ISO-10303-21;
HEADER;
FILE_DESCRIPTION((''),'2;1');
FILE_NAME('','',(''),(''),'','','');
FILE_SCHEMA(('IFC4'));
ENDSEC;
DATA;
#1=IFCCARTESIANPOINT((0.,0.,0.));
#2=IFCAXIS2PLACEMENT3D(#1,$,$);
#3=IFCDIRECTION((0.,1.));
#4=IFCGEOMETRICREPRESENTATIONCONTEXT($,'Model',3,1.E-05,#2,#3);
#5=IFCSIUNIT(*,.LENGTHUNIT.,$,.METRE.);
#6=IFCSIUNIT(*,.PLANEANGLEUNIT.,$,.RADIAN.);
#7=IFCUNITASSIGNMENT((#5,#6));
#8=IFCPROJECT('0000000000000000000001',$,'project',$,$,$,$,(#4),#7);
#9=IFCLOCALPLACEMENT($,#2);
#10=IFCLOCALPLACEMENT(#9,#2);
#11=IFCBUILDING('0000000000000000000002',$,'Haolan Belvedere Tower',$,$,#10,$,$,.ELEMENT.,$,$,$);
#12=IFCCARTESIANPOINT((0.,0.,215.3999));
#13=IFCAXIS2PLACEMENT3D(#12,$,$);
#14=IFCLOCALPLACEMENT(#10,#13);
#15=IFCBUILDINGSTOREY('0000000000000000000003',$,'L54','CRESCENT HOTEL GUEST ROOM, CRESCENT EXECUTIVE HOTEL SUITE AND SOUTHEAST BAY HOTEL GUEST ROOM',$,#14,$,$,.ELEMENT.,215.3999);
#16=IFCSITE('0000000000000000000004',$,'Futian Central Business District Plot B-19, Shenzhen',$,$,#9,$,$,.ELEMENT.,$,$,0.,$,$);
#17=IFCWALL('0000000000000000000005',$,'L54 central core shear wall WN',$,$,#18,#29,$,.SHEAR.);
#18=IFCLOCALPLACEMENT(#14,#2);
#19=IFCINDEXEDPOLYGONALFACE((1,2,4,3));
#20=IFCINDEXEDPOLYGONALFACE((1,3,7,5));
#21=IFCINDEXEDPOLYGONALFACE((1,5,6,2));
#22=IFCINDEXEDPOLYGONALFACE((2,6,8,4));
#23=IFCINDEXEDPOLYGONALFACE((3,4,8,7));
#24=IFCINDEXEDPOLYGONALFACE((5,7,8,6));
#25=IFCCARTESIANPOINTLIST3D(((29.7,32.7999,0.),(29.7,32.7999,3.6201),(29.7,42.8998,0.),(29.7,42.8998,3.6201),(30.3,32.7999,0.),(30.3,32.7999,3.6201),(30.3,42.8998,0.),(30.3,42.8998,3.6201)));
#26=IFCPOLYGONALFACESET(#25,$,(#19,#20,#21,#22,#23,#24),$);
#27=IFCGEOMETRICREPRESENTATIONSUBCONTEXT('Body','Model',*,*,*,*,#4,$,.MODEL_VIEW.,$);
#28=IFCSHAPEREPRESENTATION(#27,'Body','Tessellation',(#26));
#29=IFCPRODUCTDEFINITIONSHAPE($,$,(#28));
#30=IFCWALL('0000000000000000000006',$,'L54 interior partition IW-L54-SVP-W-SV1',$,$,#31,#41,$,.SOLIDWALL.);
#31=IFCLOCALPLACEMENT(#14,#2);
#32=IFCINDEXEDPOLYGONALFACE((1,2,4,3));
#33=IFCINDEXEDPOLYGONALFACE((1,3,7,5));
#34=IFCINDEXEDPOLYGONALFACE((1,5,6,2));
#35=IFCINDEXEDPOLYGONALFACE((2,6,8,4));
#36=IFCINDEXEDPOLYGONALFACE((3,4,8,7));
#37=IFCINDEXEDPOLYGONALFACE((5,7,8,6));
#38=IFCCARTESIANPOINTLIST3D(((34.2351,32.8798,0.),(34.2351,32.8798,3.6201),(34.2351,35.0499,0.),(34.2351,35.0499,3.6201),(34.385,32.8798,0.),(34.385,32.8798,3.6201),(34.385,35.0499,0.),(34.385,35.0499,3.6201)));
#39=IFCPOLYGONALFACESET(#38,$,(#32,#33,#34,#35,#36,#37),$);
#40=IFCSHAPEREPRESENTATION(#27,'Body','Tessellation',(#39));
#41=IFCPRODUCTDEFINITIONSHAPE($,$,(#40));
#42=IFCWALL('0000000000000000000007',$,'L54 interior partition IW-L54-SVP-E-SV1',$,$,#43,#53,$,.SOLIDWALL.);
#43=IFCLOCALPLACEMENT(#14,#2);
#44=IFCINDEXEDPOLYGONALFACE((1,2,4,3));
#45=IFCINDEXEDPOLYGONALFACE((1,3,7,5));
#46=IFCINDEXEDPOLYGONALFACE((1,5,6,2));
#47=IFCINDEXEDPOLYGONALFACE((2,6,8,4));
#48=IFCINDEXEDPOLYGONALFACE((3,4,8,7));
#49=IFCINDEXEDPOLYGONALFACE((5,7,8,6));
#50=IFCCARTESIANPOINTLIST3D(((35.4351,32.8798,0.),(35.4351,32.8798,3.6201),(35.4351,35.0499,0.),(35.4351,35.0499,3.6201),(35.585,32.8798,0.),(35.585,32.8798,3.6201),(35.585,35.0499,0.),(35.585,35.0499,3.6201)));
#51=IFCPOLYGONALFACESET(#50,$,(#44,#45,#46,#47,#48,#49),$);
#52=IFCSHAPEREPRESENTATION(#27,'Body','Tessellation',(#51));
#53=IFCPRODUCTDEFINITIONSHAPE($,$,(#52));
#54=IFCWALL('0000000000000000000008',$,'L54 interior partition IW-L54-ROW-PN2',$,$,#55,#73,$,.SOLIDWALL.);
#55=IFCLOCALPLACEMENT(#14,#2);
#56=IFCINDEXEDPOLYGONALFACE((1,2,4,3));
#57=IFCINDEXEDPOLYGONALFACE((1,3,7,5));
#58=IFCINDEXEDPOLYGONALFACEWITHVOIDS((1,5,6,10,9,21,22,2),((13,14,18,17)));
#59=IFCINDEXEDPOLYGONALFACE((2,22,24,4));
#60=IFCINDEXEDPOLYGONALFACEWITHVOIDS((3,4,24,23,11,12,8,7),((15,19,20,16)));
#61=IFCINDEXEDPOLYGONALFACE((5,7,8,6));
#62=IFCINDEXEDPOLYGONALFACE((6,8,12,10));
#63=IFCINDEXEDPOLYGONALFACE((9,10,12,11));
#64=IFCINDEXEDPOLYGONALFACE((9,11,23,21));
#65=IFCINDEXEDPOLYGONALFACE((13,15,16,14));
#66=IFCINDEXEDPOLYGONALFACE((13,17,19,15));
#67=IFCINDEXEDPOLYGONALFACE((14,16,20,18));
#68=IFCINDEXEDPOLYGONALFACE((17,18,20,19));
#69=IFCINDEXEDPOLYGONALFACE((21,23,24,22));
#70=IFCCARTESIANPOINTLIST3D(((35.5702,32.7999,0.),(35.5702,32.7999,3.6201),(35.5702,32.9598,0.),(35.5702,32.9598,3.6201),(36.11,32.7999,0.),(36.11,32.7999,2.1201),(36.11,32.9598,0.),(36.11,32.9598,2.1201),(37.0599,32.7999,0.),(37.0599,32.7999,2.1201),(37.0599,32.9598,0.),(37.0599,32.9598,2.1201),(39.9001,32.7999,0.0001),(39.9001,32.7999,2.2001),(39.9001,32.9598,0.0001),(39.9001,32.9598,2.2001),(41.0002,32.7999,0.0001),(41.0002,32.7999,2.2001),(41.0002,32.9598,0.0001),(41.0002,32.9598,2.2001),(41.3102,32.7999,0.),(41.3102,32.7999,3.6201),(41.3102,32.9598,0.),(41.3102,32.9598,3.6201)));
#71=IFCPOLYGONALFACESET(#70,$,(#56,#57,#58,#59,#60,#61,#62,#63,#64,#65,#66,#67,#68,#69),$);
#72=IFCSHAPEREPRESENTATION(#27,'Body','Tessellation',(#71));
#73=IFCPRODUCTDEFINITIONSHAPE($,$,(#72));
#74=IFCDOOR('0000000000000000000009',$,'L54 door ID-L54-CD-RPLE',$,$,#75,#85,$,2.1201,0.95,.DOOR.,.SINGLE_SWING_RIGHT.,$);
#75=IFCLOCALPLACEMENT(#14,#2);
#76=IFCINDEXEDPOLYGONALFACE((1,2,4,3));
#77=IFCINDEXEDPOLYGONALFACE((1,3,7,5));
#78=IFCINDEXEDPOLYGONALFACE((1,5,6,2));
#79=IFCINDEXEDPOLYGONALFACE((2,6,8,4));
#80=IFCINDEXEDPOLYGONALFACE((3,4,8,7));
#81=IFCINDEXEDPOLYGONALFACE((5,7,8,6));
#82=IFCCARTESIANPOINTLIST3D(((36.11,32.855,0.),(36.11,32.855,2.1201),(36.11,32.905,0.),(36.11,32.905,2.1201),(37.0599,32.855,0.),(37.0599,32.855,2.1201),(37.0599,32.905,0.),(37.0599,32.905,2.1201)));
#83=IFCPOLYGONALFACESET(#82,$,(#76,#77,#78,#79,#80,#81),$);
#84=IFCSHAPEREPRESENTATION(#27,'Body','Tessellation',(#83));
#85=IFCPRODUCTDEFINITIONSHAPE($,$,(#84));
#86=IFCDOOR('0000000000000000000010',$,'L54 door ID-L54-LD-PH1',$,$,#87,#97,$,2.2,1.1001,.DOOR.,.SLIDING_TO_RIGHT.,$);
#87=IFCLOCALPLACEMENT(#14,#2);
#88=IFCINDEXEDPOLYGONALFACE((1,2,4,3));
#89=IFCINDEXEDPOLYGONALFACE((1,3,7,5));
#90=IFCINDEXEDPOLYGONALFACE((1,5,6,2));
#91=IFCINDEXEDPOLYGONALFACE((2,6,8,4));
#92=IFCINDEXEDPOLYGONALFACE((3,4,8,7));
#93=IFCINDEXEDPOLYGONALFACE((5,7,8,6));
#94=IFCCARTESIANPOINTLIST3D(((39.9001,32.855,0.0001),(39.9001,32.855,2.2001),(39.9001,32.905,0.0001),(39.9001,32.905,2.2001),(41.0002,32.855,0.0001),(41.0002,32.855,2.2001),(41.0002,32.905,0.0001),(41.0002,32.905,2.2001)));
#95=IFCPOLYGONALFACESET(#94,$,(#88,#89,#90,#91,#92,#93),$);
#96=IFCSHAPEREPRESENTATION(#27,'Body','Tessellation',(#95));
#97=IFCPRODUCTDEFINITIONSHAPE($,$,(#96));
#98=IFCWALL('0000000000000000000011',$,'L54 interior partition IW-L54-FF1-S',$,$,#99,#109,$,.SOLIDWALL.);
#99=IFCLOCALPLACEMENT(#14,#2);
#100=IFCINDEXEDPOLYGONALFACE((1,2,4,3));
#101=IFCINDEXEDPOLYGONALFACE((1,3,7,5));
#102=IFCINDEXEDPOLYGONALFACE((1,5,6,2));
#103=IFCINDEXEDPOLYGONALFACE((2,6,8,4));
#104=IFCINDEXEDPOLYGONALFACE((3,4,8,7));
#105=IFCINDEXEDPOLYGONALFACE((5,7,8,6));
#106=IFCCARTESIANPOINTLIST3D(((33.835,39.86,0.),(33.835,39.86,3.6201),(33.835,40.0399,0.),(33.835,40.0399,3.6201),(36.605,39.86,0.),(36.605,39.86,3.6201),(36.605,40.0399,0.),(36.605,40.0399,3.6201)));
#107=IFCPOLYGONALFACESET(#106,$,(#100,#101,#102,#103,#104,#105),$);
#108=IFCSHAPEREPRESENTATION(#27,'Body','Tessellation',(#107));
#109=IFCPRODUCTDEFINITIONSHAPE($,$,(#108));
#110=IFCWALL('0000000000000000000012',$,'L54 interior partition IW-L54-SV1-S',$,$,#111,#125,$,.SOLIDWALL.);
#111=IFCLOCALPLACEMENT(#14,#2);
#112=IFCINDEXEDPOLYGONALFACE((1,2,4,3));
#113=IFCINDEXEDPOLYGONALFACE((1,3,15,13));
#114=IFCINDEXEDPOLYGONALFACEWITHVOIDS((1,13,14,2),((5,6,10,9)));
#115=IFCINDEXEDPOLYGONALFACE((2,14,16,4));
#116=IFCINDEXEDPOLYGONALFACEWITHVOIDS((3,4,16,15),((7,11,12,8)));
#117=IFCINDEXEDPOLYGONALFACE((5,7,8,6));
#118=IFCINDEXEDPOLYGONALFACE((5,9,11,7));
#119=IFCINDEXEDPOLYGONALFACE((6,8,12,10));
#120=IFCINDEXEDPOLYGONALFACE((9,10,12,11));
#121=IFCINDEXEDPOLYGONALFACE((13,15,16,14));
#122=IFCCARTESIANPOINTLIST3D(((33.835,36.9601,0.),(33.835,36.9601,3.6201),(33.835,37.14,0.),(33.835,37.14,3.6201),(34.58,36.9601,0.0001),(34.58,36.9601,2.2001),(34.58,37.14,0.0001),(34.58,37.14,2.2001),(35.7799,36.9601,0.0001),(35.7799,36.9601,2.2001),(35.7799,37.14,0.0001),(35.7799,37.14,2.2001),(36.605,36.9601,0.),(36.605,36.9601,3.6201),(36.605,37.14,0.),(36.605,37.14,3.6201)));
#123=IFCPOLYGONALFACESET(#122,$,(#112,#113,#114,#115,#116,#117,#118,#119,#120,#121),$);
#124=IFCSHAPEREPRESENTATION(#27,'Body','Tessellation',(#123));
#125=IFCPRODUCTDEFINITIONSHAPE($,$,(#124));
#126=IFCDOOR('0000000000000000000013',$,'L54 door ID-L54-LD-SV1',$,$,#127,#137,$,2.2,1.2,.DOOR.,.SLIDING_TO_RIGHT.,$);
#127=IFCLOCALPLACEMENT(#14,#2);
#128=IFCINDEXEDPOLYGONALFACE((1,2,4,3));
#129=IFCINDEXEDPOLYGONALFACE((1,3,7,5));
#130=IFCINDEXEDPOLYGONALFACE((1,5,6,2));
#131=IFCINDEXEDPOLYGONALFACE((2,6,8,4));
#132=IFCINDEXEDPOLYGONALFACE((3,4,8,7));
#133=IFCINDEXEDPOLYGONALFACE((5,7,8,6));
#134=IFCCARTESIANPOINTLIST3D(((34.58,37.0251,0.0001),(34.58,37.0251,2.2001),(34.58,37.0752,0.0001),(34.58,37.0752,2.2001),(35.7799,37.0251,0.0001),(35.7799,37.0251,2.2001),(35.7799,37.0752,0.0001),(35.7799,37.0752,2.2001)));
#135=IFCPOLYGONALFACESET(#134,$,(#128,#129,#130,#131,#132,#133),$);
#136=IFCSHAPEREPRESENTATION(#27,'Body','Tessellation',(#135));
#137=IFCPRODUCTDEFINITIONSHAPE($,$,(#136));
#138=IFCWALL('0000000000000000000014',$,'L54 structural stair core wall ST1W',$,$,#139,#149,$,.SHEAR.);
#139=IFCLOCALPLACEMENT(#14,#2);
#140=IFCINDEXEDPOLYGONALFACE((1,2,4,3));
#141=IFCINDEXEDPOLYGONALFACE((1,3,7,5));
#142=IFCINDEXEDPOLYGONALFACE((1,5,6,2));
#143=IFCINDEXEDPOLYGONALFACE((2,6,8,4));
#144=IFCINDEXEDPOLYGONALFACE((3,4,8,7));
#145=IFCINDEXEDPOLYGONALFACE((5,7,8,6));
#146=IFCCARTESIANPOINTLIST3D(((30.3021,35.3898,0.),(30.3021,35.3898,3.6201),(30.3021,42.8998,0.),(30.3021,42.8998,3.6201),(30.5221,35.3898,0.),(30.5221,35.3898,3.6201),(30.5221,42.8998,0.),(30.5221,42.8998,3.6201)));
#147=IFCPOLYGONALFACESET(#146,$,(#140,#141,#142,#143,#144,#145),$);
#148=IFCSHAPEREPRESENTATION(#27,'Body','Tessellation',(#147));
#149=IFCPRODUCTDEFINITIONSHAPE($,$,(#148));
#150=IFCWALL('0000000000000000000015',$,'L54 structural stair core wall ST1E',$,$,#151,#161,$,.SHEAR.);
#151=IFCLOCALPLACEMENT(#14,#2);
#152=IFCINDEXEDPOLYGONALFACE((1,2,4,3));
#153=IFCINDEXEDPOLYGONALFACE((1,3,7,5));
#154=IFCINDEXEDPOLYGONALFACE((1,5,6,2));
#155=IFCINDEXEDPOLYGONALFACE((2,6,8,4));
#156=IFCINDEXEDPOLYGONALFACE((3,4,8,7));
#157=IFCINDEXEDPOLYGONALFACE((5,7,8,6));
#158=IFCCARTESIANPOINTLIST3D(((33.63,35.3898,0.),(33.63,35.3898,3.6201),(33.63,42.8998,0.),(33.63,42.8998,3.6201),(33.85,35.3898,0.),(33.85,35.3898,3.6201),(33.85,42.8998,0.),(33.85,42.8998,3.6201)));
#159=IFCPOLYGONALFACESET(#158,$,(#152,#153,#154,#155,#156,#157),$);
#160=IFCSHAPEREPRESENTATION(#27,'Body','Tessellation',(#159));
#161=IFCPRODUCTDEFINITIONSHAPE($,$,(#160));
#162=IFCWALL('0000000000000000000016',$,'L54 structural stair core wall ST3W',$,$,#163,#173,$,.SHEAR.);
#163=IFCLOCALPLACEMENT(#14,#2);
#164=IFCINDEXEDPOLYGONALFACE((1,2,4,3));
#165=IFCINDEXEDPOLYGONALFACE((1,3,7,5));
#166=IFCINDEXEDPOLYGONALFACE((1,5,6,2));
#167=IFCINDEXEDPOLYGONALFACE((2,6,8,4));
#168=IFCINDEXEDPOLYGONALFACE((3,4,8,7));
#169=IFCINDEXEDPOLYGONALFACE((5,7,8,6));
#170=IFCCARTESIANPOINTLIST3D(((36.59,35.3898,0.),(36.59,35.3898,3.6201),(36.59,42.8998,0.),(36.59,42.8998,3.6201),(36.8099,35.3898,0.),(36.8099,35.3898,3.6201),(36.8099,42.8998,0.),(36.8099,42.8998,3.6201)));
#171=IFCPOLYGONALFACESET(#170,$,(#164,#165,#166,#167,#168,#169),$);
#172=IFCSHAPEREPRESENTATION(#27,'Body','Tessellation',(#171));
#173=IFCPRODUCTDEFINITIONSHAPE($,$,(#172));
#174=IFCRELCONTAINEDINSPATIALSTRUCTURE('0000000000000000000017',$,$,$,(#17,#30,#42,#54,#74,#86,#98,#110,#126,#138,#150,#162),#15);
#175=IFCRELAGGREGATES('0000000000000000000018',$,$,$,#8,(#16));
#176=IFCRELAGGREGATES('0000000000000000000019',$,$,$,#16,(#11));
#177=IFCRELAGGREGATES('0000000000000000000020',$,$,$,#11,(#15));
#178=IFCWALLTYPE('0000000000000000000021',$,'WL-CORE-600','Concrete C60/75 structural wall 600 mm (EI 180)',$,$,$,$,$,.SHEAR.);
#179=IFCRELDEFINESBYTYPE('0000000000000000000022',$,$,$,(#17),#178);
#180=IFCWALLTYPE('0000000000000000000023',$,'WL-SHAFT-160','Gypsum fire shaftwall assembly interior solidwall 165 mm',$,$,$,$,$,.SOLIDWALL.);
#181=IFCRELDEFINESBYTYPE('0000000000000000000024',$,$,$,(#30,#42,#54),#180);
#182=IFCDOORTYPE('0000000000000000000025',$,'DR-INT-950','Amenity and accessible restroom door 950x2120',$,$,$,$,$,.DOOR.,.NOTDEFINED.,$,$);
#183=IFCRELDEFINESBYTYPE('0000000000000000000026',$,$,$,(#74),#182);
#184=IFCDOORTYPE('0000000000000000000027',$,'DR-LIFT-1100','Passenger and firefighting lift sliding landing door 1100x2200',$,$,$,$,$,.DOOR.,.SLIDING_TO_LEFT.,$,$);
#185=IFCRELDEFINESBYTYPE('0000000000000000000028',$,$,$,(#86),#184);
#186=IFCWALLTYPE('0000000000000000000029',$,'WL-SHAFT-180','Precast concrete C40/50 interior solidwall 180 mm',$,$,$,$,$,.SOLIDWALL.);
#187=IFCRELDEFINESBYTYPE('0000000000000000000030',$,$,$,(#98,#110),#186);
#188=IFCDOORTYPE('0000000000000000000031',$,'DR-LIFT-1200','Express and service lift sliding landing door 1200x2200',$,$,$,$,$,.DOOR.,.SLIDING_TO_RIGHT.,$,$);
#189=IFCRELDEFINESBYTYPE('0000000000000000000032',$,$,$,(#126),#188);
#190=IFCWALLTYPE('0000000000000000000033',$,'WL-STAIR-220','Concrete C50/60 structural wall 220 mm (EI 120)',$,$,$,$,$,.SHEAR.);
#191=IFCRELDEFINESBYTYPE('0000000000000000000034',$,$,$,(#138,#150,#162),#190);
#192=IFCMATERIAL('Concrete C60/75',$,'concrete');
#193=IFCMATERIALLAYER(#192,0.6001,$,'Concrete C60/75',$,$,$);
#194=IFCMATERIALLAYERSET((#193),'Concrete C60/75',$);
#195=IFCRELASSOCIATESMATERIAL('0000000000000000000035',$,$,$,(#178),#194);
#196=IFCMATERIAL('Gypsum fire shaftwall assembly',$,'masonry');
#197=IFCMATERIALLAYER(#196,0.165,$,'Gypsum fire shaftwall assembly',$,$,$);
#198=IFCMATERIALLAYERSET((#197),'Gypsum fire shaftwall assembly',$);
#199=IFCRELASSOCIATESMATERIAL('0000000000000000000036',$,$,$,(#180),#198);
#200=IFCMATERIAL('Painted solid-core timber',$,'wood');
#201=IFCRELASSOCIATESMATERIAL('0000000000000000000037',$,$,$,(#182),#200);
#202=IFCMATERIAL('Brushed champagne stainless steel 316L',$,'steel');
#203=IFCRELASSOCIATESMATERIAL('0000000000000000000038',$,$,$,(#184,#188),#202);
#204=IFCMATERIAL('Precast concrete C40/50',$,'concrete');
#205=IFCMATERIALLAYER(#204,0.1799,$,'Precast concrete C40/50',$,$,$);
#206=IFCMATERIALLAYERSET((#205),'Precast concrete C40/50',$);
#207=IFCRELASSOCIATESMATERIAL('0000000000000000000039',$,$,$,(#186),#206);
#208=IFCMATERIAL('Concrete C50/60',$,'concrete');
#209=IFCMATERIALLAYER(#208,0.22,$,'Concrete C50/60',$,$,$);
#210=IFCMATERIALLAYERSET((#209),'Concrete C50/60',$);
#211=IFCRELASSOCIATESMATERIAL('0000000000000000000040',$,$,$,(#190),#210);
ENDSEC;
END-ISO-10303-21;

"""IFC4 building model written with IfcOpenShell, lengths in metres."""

from ifc_helpers import new_model, si_unit, direction, frame, frame_2d, origin, place, context, subcontext, project, spatial, rectangle, extrude, material, layer, layer_set, type_object, element, fill, save


model = new_model("IFC4")

# Units and contexts
model_context = context("Model", 3, precision=1e-05, world=origin(), true_north=direction((0.0, 1.0)))
body_context = subcontext(model_context, "Body", "Model", "MODEL_VIEW")
ifc_project = project(units=[si_unit("LENGTHUNIT", "METRE"), si_unit("PLANEANGLEUNIT", "RADIAN")], contexts=[model_context])

# Site, building, storey
site_placement = place(None, origin())
site = spatial("IfcSite", under=ifc_project, at=site_placement, Name="Futian Central Business District Plot B-19, Shenzhen", CompositionType="ELEMENT", RefElevation=0.0)
building_placement = place(site_placement, origin())
building = spatial("IfcBuilding", under=site, at=building_placement, Name="Haolan Belvedere Tower", CompositionType="ELEMENT")
storey_placement = place(building_placement, frame((0.0, 0.0, 215.3999)))
storey = spatial("IfcBuildingStorey", under=building, at=storey_placement, Name="L54", Description="CRESCENT HOTEL GUEST ROOM, CRESCENT EXECUTIVE HOTEL SUITE AND SOUTHEAST BAY HOTEL GUEST ROOM", CompositionType="ELEMENT", Elevation=215.3999)

# Walls
ifc_material_1 = material(Name="Concrete C60/75", Category="concrete")
ifc_layer_1 = layer(ifc_material_1, 0.6001, Name="Concrete C60/75")
ifc_layer_set_1 = layer_set([ifc_layer_1], Name="Concrete C60/75")
wall_type_1 = type_object("IfcWallType", Name="WL-CORE-600", Description="Concrete C60/75 structural wall 600 mm (EI 180)", PredefinedType="SHEAR", material=ifc_layer_set_1)
wall_1_placement = place(storey_placement, frame((30.0, 32.8, 0.0), z_axis=(0.0, 0.0, 1.0), x_axis=(0.0, 1.0, 0.0)))
element("IfcWall", 1, at=wall_1_placement, inside=storey, type_object=wall_type_1, Name="L54 central core shear wall WN", PredefinedType="SHEAR", context=body_context, shape_type="SweptSolid", body=[
    extrude(rectangle(XDim=10.0999, YDim=0.6001, at=frame_2d((5.0498, 0.0))), origin(), (0.0, 0.0, 1.0), 3.6201),
])
ifc_material_2 = material(Name="Gypsum fire shaftwall assembly", Category="masonry")
ifc_layer_2 = layer(ifc_material_2, 0.165, Name="Gypsum fire shaftwall assembly")
ifc_layer_set_2 = layer_set([ifc_layer_2], Name="Gypsum fire shaftwall assembly")
wall_type_2 = type_object("IfcWallType", Name="WL-SHAFT-160", Description="Gypsum fire shaftwall assembly interior solidwall 165 mm", PredefinedType="SOLIDWALL", material=ifc_layer_set_2)
for number, where, z_axis, x_axis, name in (
    (2, (34.3101, 32.8799, 0.0), (0.0, 0.0, 1.0), (0.0, 1.0, 0.0), "L54 interior partition IW-L54-SVP-W-SV1"),
    (3, (35.51, 32.8799, 0.0), (0.0, 0.0, 1.0), (0.0, 1.0, 0.0), "L54 interior partition IW-L54-SVP-E-SV1"),
):
    element("IfcWall", number, at=place(storey_placement, frame(where, z_axis=z_axis, x_axis=x_axis)), inside=storey, type_object=wall_type_2, Name=name, PredefinedType="SOLIDWALL", context=body_context, shape_type="SweptSolid", body=[
        extrude(rectangle(XDim=2.1702, YDim=0.1499, at=frame_2d((1.085, 0.0))), origin(), (0.0, 0.0, 1.0), 3.6201),
    ])

# Shared definitions
ifc_material_3 = material(Name="Painted solid-core timber", Category="wood")
door_type_1 = type_object("IfcDoorType", Name="DR-INT-950", Description="Amenity and accessible restroom door 950x2120", OperationType="NOTDEFINED", PredefinedType="DOOR", material=ifc_material_3)

# Wall, openings, doors
wall_2_placement = place(storey_placement, frame((35.5701, 32.8799, 0.0), z_axis=(0.0, 0.0, 1.0), x_axis=(1.0, 0.0, 0.0)))
wall_2 = element("IfcWall", 4, at=wall_2_placement, inside=storey, type_object=wall_type_2, Name="L54 interior partition IW-L54-ROW-PN2", PredefinedType="SOLIDWALL", context=body_context, shape_type="SweptSolid", body=[
    extrude(rectangle(XDim=5.74, YDim=0.1599, at=frame_2d((2.8701, 0.0))), origin(), (0.0, 0.0, 1.0), 3.6201),
])
opening_1_placement = place(wall_2_placement, frame((1.49, 0.0, 0.0), z_axis=(0.0, 0.0, 1.0), x_axis=(-1.0, 0.0, 0.0)))
opening_1 = element("IfcOpeningElement", 5, at=opening_1_placement, cuts=wall_2, PredefinedType="OPENING", context=body_context, shape_type="SweptSolid", body=[
    extrude(rectangle(XDim=0.95, YDim=2.1201, at=frame_2d((0.4751, 1.0601))), frame((0.0, 0.0898, 0.0), z_axis=(0.0, -1.0, 0.0), x_axis=(1.0, 0.0, 0.0)), (0.0, 0.0, 1.0), 0.1799),
])
opening_2_placement = place(wall_2_placement, frame((5.4302, 0.0, 0.0), z_axis=(0.0, 0.0, 1.0), x_axis=(-1.0, 0.0, 0.0)))
opening_2 = element("IfcOpeningElement", 6, at=opening_2_placement, cuts=wall_2, PredefinedType="OPENING", context=body_context, shape_type="SweptSolid", body=[
    extrude(rectangle(XDim=1.1001, YDim=2.2, at=frame_2d((0.55, 1.1001))), frame((0.0, 0.0898, 0.0), z_axis=(0.0, -1.0, 0.0), x_axis=(1.0, 0.0, 0.0)), (0.0, 0.0, 1.0), 0.1799),
])
door_1_placement = place(opening_1_placement, origin())
door_1 = element("IfcDoor", 7, at=door_1_placement, inside=storey, type_object=door_type_1, Name="L54 door ID-L54-CD-RPLE", OperationType="SINGLE_SWING_RIGHT", OverallHeight=2.1201, OverallWidth=0.95, PredefinedType="DOOR", context=body_context, shape_type="SweptSolid", body=[
    extrude(rectangle(XDim=0.95, YDim=2.1201, at=frame_2d((0.4751, 1.0601))), frame((0.0, 0.0249, 0.0), z_axis=(0.0, -1.0, 0.0), x_axis=(1.0, 0.0, 0.0)), (0.0, 0.0, 1.0), 0.05),
])
fill(opening_1, door_1)
ifc_material_4 = material(Name="Brushed champagne stainless steel 316L", Category="steel")
door_type_2 = type_object("IfcDoorType", Name="DR-LIFT-1100", Description="Passenger and firefighting lift sliding landing door 1100x2200", OperationType="SLIDING_TO_LEFT", PredefinedType="DOOR", material=ifc_material_4)
door_2_placement = place(opening_2_placement, origin())
door_2 = element("IfcDoor", 8, at=door_2_placement, inside=storey, type_object=door_type_2, Name="L54 door ID-L54-LD-PH1", OperationType="SLIDING_TO_RIGHT", OverallHeight=2.2, OverallWidth=1.1001, PredefinedType="DOOR", context=body_context, shape_type="SweptSolid", body=[
    extrude(rectangle(XDim=1.1001, YDim=2.2, at=frame_2d((0.55, 1.1001))), frame((0.0, 0.0249, 0.0), z_axis=(0.0, -1.0, 0.0), x_axis=(1.0, 0.0, 0.0)), (0.0, 0.0, 1.0), 0.05),
])
fill(opening_2, door_2)

# Wall
ifc_material_5 = material(Name="Precast concrete C40/50", Category="concrete")
ifc_layer_3 = layer(ifc_material_5, 0.1799, Name="Precast concrete C40/50")
ifc_layer_set_3 = layer_set([ifc_layer_3], Name="Precast concrete C40/50")
wall_type_3 = type_object("IfcWallType", Name="WL-SHAFT-180", Description="Precast concrete C40/50 interior solidwall 180 mm", PredefinedType="SOLIDWALL", material=ifc_layer_set_3)
wall_3_placement = place(storey_placement, frame((33.835, 39.95, 0.0), z_axis=(0.0, 0.0, 1.0), x_axis=(1.0, 0.0, 0.0)))
element("IfcWall", 9, at=wall_3_placement, inside=storey, type_object=wall_type_3, Name="L54 interior partition IW-L54-FF1-S", PredefinedType="SOLIDWALL", context=body_context, shape_type="SweptSolid", body=[
    extrude(rectangle(XDim=2.77, YDim=0.1799, at=frame_2d((1.385, 0.0))), origin(), (0.0, 0.0, 1.0), 3.6201),
])

# Wall, opening, door
wall_4_placement = place(storey_placement, frame((33.835, 37.05, 0.0), z_axis=(0.0, 0.0, 1.0), x_axis=(1.0, 0.0, 0.0)))
wall_4 = element("IfcWall", 10, at=wall_4_placement, inside=storey, type_object=wall_type_3, Name="L54 interior partition IW-L54-SV1-S", PredefinedType="SOLIDWALL", context=body_context, shape_type="SweptSolid", body=[
    extrude(rectangle(XDim=2.77, YDim=0.1799, at=frame_2d((1.385, 0.0))), origin(), (0.0, 0.0, 1.0), 3.6201),
])
opening_3_placement = place(wall_4_placement, frame((1.9451, 0.0, 0.0), z_axis=(0.0, 0.0, 1.0), x_axis=(-1.0, 0.0, 0.0)))
opening_3 = element("IfcOpeningElement", 11, at=opening_3_placement, cuts=wall_4, PredefinedType="OPENING", context=body_context, shape_type="SweptSolid", body=[
    extrude(rectangle(XDim=1.2, YDim=2.2, at=frame_2d((0.6001, 1.1001))), frame((0.0, 0.0999, 0.0), z_axis=(0.0, -1.0, 0.0), x_axis=(1.0, 0.0, 0.0)), (0.0, 0.0, 1.0), 0.2),
])
door_type_3 = type_object("IfcDoorType", Name="DR-LIFT-1200", Description="Express and service lift sliding landing door 1200x2200", OperationType="SLIDING_TO_RIGHT", PredefinedType="DOOR", material=ifc_material_4)
door_3_placement = place(opening_3_placement, origin())
door_3 = element("IfcDoor", 12, at=door_3_placement, inside=storey, type_object=door_type_3, Name="L54 door ID-L54-LD-SV1", OperationType="SLIDING_TO_RIGHT", OverallHeight=2.2, OverallWidth=1.2, PredefinedType="DOOR", context=body_context, shape_type="SweptSolid", body=[
    extrude(rectangle(XDim=1.2, YDim=2.2, at=frame_2d((0.6001, 1.1001))), frame((0.0, 0.0249, 0.0), z_axis=(0.0, -1.0, 0.0), x_axis=(1.0, 0.0, 0.0)), (0.0, 0.0, 1.0), 0.05),
])
fill(opening_3, door_3)

# Walls
ifc_material_6 = material(Name="Concrete C50/60", Category="concrete")
ifc_layer_4 = layer(ifc_material_6, 0.22, Name="Concrete C50/60")
ifc_layer_set_4 = layer_set([ifc_layer_4], Name="Concrete C50/60")
wall_type_4 = type_object("IfcWallType", Name="WL-STAIR-220", Description="Concrete C50/60 structural wall 220 mm (EI 120)", PredefinedType="SHEAR", material=ifc_layer_set_4)
for number, where, z_axis, x_axis, name in (
    (13, (30.4121, 35.3899, 0.0), (0.0, 0.0, 1.0), (0.0, 1.0, 0.0), "L54 structural stair core wall ST1W"),
    (14, (33.74, 35.3899, 0.0), (0.0, 0.0, 1.0), (0.0, 1.0, 0.0), "L54 structural stair core wall ST1E"),
    (15, (36.7, 35.3899, 0.0), (0.0, 0.0, 1.0), (0.0, 1.0, 0.0), "L54 structural stair core wall ST3W"),
):
    element("IfcWall", number, at=place(storey_placement, frame(where, z_axis=z_axis, x_axis=x_axis)), inside=storey, type_object=wall_type_4, Name=name, PredefinedType="SHEAR", context=body_context, shape_type="SweptSolid", body=[
        extrude(rectangle(XDim=7.51, YDim=0.22, at=frame_2d((3.7549, 0.0))), origin(), (0.0, 0.0, 1.0), 3.6201),
    ])

save(model, "model.ifc")
